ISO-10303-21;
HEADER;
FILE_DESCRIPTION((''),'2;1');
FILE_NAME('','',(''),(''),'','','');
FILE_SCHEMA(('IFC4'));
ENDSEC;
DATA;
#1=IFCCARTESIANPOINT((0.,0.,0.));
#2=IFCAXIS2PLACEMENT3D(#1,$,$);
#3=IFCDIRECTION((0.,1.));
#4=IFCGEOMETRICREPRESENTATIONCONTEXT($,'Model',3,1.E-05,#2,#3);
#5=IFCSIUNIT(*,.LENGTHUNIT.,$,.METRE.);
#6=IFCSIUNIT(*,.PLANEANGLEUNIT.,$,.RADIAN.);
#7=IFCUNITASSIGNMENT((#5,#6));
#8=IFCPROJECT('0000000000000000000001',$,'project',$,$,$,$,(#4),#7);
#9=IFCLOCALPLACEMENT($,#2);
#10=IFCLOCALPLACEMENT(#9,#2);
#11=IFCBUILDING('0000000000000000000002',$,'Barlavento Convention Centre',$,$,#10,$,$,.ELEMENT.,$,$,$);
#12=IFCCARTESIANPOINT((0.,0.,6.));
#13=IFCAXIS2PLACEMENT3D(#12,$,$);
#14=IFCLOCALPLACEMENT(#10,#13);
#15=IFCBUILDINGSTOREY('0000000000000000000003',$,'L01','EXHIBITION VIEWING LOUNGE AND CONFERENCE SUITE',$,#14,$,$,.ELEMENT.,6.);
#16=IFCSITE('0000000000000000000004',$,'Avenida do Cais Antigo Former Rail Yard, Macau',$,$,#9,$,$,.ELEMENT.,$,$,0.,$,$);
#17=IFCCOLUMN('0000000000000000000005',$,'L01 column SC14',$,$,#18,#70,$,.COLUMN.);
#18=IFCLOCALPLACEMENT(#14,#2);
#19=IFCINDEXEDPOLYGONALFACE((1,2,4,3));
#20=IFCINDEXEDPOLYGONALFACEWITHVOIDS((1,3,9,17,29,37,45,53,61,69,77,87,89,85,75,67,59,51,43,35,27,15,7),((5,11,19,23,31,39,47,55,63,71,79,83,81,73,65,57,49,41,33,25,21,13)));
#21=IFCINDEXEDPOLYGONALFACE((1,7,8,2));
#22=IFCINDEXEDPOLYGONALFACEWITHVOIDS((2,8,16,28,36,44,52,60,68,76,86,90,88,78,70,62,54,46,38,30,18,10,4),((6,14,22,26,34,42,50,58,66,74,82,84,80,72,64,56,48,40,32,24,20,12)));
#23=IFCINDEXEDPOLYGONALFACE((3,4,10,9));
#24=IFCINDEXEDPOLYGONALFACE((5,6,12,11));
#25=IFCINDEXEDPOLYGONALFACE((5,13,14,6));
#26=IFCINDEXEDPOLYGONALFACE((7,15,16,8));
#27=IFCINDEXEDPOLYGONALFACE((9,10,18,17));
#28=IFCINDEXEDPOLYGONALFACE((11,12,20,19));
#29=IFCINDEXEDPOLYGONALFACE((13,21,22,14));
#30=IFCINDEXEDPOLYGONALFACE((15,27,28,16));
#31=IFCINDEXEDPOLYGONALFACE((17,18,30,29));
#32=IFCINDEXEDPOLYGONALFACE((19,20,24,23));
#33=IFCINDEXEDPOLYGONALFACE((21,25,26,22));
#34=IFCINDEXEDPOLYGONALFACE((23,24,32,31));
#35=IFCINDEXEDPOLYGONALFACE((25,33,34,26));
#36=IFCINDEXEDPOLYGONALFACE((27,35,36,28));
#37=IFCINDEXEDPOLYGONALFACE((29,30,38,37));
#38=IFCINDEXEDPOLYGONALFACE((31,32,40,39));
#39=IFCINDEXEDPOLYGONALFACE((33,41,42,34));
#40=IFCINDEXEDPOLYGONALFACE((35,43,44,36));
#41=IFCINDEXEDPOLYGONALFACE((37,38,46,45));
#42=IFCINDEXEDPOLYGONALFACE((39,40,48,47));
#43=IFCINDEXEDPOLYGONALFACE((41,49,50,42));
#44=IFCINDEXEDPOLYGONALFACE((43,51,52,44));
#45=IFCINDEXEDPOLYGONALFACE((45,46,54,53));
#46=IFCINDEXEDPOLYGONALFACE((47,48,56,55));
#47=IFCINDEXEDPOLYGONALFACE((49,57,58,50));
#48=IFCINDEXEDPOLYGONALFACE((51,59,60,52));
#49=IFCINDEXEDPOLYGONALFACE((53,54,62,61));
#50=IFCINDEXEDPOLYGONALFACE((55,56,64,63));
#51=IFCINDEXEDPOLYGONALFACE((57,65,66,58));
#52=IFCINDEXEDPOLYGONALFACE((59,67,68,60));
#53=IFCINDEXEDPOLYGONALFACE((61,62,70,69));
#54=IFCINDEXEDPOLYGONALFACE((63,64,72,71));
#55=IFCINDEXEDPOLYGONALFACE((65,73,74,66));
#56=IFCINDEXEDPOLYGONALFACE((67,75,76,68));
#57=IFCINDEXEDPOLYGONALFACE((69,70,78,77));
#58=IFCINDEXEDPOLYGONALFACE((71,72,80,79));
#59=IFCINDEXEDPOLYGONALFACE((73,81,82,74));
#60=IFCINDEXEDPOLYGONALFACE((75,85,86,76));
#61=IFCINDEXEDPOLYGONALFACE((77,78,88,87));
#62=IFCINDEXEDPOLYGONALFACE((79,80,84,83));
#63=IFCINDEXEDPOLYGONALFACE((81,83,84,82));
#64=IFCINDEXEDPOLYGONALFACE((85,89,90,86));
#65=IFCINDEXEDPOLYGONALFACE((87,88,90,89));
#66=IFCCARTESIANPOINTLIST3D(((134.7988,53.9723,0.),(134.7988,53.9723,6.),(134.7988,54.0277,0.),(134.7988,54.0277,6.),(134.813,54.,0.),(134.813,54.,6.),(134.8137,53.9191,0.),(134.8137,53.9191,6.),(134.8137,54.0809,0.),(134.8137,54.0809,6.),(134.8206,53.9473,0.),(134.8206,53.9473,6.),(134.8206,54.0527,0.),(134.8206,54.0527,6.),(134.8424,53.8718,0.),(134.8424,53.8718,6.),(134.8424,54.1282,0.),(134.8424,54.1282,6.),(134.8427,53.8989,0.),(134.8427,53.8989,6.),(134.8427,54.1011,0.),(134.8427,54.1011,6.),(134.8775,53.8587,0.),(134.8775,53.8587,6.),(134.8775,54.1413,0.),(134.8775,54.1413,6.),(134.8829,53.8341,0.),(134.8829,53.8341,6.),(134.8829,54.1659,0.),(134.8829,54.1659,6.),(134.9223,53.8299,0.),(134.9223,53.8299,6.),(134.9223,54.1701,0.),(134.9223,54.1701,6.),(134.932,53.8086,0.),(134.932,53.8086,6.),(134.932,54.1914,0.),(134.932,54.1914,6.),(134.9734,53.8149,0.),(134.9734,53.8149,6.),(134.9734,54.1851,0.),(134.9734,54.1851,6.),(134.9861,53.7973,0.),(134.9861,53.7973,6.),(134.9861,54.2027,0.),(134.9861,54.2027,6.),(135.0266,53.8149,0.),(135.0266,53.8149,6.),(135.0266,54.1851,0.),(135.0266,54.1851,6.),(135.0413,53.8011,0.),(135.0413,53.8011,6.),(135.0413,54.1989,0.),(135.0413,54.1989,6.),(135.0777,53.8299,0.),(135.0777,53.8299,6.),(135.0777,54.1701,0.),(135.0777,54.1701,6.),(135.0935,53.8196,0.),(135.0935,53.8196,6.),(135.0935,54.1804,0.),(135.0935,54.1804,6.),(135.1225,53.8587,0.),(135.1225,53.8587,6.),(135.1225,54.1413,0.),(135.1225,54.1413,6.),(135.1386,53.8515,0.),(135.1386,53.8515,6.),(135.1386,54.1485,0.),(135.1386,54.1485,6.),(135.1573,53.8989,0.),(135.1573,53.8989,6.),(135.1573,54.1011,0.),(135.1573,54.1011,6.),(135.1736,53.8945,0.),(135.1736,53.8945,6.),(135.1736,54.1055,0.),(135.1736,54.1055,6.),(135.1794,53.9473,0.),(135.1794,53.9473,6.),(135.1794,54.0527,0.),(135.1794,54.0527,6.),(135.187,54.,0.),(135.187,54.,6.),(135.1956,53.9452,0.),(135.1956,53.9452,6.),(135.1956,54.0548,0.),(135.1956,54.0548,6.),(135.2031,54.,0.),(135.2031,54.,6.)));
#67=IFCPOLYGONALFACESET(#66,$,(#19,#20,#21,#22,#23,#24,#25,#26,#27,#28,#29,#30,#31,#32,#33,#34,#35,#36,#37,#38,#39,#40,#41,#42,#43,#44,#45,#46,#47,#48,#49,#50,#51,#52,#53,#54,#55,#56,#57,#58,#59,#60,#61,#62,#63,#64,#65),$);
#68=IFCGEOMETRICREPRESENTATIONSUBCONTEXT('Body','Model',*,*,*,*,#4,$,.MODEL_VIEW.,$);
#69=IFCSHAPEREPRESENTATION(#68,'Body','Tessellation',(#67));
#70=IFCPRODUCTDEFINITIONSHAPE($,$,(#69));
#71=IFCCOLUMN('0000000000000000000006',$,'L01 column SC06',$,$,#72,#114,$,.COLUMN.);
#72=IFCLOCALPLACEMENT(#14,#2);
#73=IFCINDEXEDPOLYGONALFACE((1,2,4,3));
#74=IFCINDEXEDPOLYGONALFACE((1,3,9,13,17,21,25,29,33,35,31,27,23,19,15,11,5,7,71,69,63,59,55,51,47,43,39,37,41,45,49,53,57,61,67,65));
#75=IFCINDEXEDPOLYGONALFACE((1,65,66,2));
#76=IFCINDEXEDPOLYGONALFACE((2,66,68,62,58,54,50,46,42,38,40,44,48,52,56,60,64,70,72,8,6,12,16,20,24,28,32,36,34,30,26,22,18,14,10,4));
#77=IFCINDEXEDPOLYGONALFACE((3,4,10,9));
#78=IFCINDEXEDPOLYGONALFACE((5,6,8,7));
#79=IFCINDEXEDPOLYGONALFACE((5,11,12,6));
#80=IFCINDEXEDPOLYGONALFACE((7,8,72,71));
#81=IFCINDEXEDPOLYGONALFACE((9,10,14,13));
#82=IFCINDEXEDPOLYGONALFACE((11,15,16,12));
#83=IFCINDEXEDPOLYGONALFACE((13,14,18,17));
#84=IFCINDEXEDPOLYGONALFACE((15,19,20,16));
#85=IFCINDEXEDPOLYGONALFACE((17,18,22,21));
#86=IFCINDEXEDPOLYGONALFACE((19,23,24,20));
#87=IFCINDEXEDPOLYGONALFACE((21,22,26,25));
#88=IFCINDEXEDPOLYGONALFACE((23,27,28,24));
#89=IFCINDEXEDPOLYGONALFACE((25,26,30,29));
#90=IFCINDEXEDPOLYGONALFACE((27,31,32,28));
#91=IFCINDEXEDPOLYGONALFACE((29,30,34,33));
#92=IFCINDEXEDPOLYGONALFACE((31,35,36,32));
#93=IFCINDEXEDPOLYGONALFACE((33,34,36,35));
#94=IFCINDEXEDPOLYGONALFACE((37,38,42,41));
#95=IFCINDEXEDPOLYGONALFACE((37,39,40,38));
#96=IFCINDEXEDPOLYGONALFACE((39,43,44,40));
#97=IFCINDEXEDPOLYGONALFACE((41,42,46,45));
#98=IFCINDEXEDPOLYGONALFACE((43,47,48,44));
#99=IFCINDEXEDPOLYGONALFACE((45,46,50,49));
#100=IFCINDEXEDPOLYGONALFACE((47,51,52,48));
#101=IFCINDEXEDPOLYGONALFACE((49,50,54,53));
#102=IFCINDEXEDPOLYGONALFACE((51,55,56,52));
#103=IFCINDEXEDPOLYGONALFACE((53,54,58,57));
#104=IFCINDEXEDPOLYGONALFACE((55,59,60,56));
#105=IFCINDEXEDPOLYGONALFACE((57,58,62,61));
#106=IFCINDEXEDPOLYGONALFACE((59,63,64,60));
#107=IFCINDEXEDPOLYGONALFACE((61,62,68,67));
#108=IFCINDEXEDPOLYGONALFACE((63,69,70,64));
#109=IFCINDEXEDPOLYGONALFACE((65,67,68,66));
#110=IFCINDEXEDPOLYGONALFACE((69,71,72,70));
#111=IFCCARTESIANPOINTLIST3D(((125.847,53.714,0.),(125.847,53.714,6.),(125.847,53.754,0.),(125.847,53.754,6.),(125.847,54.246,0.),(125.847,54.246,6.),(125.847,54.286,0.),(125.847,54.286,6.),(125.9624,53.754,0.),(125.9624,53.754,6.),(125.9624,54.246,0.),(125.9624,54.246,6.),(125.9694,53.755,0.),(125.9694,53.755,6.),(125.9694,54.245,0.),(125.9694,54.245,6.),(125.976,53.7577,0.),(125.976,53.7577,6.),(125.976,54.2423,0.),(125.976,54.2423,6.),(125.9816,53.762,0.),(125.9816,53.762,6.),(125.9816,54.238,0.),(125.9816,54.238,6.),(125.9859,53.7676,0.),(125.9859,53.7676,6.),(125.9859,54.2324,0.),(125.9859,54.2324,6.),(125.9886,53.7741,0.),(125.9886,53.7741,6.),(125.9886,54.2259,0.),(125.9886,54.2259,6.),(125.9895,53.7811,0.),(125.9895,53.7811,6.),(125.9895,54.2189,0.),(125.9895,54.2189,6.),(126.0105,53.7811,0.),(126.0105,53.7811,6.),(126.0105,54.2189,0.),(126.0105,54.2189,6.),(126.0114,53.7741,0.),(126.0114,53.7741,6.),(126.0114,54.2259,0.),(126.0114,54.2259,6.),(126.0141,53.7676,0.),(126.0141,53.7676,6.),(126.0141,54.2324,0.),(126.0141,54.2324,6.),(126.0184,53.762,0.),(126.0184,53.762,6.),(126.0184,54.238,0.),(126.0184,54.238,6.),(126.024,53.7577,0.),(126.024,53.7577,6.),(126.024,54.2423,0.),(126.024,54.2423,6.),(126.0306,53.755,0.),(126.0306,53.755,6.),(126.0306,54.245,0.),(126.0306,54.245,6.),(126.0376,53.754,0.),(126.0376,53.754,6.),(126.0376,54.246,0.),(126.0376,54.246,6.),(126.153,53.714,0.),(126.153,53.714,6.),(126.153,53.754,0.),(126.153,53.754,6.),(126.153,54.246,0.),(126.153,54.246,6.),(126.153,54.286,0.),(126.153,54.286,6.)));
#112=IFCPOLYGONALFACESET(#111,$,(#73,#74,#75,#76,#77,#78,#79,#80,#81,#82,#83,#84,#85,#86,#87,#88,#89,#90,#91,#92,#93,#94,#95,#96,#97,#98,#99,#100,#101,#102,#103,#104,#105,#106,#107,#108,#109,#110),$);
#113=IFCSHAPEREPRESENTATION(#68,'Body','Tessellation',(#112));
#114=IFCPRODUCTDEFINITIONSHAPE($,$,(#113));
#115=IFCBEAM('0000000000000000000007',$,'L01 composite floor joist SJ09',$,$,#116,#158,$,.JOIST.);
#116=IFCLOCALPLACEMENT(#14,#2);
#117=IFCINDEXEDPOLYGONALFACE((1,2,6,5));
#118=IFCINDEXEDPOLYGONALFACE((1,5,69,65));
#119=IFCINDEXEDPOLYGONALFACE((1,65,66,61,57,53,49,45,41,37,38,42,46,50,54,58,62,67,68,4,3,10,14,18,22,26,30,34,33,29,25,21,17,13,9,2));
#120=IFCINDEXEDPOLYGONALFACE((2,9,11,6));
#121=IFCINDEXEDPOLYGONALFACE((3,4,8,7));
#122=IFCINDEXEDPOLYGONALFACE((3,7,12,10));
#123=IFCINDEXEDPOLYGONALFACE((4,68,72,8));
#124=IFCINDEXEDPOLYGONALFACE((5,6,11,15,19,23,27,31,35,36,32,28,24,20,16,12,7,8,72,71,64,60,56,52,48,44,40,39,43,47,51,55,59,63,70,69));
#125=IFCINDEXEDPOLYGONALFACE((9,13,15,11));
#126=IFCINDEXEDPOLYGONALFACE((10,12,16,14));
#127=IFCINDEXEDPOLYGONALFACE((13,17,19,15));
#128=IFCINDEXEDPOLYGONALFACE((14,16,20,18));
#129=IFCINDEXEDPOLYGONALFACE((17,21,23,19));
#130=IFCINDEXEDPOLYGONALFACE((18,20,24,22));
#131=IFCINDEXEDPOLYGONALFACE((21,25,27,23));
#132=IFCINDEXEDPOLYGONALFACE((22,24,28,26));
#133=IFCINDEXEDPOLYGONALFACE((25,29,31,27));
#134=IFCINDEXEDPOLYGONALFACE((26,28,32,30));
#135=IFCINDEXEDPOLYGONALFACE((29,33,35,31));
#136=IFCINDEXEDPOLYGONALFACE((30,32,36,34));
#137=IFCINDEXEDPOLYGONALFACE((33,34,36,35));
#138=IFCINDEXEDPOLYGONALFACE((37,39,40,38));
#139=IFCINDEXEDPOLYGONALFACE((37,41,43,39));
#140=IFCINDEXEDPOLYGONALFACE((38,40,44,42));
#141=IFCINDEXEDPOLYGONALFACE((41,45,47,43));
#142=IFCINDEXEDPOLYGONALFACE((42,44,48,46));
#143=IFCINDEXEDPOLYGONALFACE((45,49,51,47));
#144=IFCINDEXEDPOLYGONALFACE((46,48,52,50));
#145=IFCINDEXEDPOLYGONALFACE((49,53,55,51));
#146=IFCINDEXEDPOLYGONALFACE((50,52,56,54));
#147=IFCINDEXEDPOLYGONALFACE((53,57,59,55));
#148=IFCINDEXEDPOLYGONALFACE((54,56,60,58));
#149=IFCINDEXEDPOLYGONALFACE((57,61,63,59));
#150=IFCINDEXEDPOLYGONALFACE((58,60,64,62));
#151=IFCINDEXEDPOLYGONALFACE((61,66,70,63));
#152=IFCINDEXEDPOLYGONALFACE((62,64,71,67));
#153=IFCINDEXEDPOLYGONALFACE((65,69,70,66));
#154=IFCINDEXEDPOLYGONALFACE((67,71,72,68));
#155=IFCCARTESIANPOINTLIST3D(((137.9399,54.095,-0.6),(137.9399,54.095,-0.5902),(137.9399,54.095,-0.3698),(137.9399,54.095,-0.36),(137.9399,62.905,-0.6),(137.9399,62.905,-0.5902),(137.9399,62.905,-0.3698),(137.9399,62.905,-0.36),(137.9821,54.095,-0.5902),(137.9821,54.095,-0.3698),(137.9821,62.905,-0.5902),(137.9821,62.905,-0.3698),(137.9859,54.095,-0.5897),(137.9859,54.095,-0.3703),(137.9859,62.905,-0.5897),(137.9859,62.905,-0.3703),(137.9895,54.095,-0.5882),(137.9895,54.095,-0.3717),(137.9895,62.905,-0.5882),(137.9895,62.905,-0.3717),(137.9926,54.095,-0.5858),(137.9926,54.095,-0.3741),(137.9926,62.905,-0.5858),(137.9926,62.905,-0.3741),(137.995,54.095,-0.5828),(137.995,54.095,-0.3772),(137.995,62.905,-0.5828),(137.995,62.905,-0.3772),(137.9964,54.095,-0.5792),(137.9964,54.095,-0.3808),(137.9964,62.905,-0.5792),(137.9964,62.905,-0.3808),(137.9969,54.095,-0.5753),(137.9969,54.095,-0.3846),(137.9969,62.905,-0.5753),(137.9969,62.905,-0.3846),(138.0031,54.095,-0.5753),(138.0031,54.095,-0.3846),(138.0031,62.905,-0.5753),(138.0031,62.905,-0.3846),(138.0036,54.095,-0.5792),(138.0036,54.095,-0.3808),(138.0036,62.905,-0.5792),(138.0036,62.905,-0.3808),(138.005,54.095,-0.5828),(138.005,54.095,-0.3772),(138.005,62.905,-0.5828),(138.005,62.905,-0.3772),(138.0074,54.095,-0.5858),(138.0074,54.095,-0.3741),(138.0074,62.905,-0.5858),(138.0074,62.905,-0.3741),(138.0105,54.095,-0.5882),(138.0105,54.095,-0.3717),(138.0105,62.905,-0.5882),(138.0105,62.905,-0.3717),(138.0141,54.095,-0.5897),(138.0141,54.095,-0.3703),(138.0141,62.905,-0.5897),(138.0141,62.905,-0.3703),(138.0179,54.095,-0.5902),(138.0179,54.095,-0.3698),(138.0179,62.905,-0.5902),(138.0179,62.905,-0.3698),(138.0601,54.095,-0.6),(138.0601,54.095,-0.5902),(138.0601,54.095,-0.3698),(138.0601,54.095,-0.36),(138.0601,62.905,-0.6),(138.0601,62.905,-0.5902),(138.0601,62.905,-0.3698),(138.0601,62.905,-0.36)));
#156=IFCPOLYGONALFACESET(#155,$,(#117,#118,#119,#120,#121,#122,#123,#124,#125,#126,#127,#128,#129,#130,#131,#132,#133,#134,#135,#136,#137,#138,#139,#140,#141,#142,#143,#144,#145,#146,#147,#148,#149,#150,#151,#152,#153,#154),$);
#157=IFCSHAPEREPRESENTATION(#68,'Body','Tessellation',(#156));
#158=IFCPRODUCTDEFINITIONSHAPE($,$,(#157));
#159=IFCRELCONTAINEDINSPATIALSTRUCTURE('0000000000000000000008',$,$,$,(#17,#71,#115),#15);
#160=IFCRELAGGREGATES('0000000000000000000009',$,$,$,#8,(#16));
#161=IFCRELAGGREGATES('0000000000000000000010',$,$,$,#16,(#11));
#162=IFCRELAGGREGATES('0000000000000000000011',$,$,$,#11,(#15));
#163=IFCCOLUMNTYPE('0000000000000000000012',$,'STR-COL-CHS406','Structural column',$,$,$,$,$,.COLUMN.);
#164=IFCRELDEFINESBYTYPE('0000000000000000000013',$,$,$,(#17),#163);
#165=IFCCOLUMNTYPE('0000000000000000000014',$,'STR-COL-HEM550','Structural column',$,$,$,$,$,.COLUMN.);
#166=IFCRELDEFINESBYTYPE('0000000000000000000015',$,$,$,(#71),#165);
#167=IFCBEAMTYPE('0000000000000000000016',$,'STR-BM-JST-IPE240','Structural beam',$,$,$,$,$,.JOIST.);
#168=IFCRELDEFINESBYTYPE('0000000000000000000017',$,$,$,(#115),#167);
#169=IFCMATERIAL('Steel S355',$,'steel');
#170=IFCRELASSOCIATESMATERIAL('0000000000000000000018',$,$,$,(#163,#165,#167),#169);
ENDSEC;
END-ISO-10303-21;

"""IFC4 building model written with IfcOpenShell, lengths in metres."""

from ifc_helpers import new_model, si_unit, direction, frame, origin, origin_2d, place, context, subcontext, project, spatial, hollow_circle, i_section, extrude, material, material_profile, profile_set, type_object, element, save


model = new_model("IFC4")

# Units and contexts
model_context = context("Model", 3, precision=1e-05, world=origin(), true_north=direction((0.0, 1.0)))
body_context = subcontext(model_context, "Body", "Model", "MODEL_VIEW")
ifc_project = project(units=[si_unit("LENGTHUNIT", "METRE"), si_unit("PLANEANGLEUNIT", "RADIAN")], contexts=[model_context])

# Site, building, storey
site_placement = place(None, origin())
site = spatial("IfcSite", under=ifc_project, at=site_placement, Name="Avenida do Cais Antigo Former Rail Yard, Macau", CompositionType="ELEMENT", RefElevation=0.0)
building_placement = place(site_placement, origin())
building = spatial("IfcBuilding", under=site, at=building_placement, Name="Barlavento Convention Centre", CompositionType="ELEMENT")
storey_placement = place(building_placement, frame((0.0, 0.0, 6.0)))
storey = spatial("IfcBuildingStorey", under=building, at=storey_placement, Name="L01", Description="EXHIBITION VIEWING LOUNGE AND CONFERENCE SUITE", CompositionType="ELEMENT", Elevation=6.0)

# Columns
ifc_material_1 = material(Name="Steel S355", Category="steel")
ifc_material_profile_1 = material_profile(ifc_material_1, hollow_circle(Radius=0.2031, WallThickness=0.0161, at=origin_2d()), Name="CHS 406.4x16.0")
ifc_profile_set_1 = profile_set([ifc_material_profile_1], Name="Steel S355")
column_type_1 = type_object("IfcColumnType", Name="STR-COL-CHS406", Description="Structural column", PredefinedType="COLUMN", material=ifc_profile_set_1)
column_1_placement = place(storey_placement, frame((135.0, 54.0, 0.0), z_axis=(0.0, 0.0, 1.0), x_axis=(1.0, 0.0, 0.0)))
element("IfcColumn", 1, at=column_1_placement, inside=storey, type_object=column_type_1, Name="L01 column SC14", PredefinedType="COLUMN", context=body_context, shape_type="SweptSolid", body=[
    extrude(hollow_circle(Radius=0.2031, WallThickness=0.0161, at=origin_2d()), origin(), (0.0, 0.0, 1.0), 6.0),
])
ifc_material_profile_2 = material_profile(ifc_material_1, i_section(OverallWidth=0.3059, OverallDepth=0.572, WebThickness=0.021, FlangeThickness=0.04, FilletRadius=0.0271, at=origin_2d()), Name="HEM 550")
ifc_profile_set_2 = profile_set([ifc_material_profile_2], Name="Steel S355")
column_type_2 = type_object("IfcColumnType", Name="STR-COL-HEM550", Description="Structural column", PredefinedType="COLUMN", material=ifc_profile_set_2)
column_2_placement = place(storey_placement, frame((126.0, 54.0, 0.0), z_axis=(0.0, 0.0, 1.0), x_axis=(1.0, 0.0, 0.0)))
element("IfcColumn", 2, at=column_2_placement, inside=storey, type_object=column_type_2, Name="L01 column SC06", PredefinedType="COLUMN", context=body_context, shape_type="SweptSolid", body=[
    extrude(i_section(OverallWidth=0.3059, OverallDepth=0.572, WebThickness=0.021, FlangeThickness=0.04, FilletRadius=0.0271, at=origin_2d()), origin(), (0.0, 0.0, 1.0), 6.0),
])

# Beam
ifc_material_profile_3 = material_profile(ifc_material_1, i_section(OverallWidth=0.1201, OverallDepth=0.24, WebThickness=0.0061, FlangeThickness=0.0098, FilletRadius=0.0149, at=origin_2d()), Name="IPE 240")
ifc_profile_set_3 = profile_set([ifc_material_profile_3], Name="Steel S355")
beam_type_1 = type_object("IfcBeamType", Name="STR-BM-JST-IPE240", Description="Structural beam", PredefinedType="JOIST", material=ifc_profile_set_3)
beam_1_placement = place(storey_placement, frame((138.0, 54.095, -0.48), z_axis=(0.0, 1.0, 0.0), x_axis=(-1.0, 0.0, 0.0)))
element("IfcBeam", 3, at=beam_1_placement, inside=storey, type_object=beam_type_1, Name="L01 composite floor joist SJ09", PredefinedType="JOIST", context=body_context, shape_type="SweptSolid", body=[
    extrude(i_section(OverallWidth=0.1201, OverallDepth=0.24, WebThickness=0.0061, FlangeThickness=0.0098, FilletRadius=0.0149, at=origin_2d()), origin(), (0.0, 0.0, 1.0), 8.8101),
])

save(model, "model.ifc")
